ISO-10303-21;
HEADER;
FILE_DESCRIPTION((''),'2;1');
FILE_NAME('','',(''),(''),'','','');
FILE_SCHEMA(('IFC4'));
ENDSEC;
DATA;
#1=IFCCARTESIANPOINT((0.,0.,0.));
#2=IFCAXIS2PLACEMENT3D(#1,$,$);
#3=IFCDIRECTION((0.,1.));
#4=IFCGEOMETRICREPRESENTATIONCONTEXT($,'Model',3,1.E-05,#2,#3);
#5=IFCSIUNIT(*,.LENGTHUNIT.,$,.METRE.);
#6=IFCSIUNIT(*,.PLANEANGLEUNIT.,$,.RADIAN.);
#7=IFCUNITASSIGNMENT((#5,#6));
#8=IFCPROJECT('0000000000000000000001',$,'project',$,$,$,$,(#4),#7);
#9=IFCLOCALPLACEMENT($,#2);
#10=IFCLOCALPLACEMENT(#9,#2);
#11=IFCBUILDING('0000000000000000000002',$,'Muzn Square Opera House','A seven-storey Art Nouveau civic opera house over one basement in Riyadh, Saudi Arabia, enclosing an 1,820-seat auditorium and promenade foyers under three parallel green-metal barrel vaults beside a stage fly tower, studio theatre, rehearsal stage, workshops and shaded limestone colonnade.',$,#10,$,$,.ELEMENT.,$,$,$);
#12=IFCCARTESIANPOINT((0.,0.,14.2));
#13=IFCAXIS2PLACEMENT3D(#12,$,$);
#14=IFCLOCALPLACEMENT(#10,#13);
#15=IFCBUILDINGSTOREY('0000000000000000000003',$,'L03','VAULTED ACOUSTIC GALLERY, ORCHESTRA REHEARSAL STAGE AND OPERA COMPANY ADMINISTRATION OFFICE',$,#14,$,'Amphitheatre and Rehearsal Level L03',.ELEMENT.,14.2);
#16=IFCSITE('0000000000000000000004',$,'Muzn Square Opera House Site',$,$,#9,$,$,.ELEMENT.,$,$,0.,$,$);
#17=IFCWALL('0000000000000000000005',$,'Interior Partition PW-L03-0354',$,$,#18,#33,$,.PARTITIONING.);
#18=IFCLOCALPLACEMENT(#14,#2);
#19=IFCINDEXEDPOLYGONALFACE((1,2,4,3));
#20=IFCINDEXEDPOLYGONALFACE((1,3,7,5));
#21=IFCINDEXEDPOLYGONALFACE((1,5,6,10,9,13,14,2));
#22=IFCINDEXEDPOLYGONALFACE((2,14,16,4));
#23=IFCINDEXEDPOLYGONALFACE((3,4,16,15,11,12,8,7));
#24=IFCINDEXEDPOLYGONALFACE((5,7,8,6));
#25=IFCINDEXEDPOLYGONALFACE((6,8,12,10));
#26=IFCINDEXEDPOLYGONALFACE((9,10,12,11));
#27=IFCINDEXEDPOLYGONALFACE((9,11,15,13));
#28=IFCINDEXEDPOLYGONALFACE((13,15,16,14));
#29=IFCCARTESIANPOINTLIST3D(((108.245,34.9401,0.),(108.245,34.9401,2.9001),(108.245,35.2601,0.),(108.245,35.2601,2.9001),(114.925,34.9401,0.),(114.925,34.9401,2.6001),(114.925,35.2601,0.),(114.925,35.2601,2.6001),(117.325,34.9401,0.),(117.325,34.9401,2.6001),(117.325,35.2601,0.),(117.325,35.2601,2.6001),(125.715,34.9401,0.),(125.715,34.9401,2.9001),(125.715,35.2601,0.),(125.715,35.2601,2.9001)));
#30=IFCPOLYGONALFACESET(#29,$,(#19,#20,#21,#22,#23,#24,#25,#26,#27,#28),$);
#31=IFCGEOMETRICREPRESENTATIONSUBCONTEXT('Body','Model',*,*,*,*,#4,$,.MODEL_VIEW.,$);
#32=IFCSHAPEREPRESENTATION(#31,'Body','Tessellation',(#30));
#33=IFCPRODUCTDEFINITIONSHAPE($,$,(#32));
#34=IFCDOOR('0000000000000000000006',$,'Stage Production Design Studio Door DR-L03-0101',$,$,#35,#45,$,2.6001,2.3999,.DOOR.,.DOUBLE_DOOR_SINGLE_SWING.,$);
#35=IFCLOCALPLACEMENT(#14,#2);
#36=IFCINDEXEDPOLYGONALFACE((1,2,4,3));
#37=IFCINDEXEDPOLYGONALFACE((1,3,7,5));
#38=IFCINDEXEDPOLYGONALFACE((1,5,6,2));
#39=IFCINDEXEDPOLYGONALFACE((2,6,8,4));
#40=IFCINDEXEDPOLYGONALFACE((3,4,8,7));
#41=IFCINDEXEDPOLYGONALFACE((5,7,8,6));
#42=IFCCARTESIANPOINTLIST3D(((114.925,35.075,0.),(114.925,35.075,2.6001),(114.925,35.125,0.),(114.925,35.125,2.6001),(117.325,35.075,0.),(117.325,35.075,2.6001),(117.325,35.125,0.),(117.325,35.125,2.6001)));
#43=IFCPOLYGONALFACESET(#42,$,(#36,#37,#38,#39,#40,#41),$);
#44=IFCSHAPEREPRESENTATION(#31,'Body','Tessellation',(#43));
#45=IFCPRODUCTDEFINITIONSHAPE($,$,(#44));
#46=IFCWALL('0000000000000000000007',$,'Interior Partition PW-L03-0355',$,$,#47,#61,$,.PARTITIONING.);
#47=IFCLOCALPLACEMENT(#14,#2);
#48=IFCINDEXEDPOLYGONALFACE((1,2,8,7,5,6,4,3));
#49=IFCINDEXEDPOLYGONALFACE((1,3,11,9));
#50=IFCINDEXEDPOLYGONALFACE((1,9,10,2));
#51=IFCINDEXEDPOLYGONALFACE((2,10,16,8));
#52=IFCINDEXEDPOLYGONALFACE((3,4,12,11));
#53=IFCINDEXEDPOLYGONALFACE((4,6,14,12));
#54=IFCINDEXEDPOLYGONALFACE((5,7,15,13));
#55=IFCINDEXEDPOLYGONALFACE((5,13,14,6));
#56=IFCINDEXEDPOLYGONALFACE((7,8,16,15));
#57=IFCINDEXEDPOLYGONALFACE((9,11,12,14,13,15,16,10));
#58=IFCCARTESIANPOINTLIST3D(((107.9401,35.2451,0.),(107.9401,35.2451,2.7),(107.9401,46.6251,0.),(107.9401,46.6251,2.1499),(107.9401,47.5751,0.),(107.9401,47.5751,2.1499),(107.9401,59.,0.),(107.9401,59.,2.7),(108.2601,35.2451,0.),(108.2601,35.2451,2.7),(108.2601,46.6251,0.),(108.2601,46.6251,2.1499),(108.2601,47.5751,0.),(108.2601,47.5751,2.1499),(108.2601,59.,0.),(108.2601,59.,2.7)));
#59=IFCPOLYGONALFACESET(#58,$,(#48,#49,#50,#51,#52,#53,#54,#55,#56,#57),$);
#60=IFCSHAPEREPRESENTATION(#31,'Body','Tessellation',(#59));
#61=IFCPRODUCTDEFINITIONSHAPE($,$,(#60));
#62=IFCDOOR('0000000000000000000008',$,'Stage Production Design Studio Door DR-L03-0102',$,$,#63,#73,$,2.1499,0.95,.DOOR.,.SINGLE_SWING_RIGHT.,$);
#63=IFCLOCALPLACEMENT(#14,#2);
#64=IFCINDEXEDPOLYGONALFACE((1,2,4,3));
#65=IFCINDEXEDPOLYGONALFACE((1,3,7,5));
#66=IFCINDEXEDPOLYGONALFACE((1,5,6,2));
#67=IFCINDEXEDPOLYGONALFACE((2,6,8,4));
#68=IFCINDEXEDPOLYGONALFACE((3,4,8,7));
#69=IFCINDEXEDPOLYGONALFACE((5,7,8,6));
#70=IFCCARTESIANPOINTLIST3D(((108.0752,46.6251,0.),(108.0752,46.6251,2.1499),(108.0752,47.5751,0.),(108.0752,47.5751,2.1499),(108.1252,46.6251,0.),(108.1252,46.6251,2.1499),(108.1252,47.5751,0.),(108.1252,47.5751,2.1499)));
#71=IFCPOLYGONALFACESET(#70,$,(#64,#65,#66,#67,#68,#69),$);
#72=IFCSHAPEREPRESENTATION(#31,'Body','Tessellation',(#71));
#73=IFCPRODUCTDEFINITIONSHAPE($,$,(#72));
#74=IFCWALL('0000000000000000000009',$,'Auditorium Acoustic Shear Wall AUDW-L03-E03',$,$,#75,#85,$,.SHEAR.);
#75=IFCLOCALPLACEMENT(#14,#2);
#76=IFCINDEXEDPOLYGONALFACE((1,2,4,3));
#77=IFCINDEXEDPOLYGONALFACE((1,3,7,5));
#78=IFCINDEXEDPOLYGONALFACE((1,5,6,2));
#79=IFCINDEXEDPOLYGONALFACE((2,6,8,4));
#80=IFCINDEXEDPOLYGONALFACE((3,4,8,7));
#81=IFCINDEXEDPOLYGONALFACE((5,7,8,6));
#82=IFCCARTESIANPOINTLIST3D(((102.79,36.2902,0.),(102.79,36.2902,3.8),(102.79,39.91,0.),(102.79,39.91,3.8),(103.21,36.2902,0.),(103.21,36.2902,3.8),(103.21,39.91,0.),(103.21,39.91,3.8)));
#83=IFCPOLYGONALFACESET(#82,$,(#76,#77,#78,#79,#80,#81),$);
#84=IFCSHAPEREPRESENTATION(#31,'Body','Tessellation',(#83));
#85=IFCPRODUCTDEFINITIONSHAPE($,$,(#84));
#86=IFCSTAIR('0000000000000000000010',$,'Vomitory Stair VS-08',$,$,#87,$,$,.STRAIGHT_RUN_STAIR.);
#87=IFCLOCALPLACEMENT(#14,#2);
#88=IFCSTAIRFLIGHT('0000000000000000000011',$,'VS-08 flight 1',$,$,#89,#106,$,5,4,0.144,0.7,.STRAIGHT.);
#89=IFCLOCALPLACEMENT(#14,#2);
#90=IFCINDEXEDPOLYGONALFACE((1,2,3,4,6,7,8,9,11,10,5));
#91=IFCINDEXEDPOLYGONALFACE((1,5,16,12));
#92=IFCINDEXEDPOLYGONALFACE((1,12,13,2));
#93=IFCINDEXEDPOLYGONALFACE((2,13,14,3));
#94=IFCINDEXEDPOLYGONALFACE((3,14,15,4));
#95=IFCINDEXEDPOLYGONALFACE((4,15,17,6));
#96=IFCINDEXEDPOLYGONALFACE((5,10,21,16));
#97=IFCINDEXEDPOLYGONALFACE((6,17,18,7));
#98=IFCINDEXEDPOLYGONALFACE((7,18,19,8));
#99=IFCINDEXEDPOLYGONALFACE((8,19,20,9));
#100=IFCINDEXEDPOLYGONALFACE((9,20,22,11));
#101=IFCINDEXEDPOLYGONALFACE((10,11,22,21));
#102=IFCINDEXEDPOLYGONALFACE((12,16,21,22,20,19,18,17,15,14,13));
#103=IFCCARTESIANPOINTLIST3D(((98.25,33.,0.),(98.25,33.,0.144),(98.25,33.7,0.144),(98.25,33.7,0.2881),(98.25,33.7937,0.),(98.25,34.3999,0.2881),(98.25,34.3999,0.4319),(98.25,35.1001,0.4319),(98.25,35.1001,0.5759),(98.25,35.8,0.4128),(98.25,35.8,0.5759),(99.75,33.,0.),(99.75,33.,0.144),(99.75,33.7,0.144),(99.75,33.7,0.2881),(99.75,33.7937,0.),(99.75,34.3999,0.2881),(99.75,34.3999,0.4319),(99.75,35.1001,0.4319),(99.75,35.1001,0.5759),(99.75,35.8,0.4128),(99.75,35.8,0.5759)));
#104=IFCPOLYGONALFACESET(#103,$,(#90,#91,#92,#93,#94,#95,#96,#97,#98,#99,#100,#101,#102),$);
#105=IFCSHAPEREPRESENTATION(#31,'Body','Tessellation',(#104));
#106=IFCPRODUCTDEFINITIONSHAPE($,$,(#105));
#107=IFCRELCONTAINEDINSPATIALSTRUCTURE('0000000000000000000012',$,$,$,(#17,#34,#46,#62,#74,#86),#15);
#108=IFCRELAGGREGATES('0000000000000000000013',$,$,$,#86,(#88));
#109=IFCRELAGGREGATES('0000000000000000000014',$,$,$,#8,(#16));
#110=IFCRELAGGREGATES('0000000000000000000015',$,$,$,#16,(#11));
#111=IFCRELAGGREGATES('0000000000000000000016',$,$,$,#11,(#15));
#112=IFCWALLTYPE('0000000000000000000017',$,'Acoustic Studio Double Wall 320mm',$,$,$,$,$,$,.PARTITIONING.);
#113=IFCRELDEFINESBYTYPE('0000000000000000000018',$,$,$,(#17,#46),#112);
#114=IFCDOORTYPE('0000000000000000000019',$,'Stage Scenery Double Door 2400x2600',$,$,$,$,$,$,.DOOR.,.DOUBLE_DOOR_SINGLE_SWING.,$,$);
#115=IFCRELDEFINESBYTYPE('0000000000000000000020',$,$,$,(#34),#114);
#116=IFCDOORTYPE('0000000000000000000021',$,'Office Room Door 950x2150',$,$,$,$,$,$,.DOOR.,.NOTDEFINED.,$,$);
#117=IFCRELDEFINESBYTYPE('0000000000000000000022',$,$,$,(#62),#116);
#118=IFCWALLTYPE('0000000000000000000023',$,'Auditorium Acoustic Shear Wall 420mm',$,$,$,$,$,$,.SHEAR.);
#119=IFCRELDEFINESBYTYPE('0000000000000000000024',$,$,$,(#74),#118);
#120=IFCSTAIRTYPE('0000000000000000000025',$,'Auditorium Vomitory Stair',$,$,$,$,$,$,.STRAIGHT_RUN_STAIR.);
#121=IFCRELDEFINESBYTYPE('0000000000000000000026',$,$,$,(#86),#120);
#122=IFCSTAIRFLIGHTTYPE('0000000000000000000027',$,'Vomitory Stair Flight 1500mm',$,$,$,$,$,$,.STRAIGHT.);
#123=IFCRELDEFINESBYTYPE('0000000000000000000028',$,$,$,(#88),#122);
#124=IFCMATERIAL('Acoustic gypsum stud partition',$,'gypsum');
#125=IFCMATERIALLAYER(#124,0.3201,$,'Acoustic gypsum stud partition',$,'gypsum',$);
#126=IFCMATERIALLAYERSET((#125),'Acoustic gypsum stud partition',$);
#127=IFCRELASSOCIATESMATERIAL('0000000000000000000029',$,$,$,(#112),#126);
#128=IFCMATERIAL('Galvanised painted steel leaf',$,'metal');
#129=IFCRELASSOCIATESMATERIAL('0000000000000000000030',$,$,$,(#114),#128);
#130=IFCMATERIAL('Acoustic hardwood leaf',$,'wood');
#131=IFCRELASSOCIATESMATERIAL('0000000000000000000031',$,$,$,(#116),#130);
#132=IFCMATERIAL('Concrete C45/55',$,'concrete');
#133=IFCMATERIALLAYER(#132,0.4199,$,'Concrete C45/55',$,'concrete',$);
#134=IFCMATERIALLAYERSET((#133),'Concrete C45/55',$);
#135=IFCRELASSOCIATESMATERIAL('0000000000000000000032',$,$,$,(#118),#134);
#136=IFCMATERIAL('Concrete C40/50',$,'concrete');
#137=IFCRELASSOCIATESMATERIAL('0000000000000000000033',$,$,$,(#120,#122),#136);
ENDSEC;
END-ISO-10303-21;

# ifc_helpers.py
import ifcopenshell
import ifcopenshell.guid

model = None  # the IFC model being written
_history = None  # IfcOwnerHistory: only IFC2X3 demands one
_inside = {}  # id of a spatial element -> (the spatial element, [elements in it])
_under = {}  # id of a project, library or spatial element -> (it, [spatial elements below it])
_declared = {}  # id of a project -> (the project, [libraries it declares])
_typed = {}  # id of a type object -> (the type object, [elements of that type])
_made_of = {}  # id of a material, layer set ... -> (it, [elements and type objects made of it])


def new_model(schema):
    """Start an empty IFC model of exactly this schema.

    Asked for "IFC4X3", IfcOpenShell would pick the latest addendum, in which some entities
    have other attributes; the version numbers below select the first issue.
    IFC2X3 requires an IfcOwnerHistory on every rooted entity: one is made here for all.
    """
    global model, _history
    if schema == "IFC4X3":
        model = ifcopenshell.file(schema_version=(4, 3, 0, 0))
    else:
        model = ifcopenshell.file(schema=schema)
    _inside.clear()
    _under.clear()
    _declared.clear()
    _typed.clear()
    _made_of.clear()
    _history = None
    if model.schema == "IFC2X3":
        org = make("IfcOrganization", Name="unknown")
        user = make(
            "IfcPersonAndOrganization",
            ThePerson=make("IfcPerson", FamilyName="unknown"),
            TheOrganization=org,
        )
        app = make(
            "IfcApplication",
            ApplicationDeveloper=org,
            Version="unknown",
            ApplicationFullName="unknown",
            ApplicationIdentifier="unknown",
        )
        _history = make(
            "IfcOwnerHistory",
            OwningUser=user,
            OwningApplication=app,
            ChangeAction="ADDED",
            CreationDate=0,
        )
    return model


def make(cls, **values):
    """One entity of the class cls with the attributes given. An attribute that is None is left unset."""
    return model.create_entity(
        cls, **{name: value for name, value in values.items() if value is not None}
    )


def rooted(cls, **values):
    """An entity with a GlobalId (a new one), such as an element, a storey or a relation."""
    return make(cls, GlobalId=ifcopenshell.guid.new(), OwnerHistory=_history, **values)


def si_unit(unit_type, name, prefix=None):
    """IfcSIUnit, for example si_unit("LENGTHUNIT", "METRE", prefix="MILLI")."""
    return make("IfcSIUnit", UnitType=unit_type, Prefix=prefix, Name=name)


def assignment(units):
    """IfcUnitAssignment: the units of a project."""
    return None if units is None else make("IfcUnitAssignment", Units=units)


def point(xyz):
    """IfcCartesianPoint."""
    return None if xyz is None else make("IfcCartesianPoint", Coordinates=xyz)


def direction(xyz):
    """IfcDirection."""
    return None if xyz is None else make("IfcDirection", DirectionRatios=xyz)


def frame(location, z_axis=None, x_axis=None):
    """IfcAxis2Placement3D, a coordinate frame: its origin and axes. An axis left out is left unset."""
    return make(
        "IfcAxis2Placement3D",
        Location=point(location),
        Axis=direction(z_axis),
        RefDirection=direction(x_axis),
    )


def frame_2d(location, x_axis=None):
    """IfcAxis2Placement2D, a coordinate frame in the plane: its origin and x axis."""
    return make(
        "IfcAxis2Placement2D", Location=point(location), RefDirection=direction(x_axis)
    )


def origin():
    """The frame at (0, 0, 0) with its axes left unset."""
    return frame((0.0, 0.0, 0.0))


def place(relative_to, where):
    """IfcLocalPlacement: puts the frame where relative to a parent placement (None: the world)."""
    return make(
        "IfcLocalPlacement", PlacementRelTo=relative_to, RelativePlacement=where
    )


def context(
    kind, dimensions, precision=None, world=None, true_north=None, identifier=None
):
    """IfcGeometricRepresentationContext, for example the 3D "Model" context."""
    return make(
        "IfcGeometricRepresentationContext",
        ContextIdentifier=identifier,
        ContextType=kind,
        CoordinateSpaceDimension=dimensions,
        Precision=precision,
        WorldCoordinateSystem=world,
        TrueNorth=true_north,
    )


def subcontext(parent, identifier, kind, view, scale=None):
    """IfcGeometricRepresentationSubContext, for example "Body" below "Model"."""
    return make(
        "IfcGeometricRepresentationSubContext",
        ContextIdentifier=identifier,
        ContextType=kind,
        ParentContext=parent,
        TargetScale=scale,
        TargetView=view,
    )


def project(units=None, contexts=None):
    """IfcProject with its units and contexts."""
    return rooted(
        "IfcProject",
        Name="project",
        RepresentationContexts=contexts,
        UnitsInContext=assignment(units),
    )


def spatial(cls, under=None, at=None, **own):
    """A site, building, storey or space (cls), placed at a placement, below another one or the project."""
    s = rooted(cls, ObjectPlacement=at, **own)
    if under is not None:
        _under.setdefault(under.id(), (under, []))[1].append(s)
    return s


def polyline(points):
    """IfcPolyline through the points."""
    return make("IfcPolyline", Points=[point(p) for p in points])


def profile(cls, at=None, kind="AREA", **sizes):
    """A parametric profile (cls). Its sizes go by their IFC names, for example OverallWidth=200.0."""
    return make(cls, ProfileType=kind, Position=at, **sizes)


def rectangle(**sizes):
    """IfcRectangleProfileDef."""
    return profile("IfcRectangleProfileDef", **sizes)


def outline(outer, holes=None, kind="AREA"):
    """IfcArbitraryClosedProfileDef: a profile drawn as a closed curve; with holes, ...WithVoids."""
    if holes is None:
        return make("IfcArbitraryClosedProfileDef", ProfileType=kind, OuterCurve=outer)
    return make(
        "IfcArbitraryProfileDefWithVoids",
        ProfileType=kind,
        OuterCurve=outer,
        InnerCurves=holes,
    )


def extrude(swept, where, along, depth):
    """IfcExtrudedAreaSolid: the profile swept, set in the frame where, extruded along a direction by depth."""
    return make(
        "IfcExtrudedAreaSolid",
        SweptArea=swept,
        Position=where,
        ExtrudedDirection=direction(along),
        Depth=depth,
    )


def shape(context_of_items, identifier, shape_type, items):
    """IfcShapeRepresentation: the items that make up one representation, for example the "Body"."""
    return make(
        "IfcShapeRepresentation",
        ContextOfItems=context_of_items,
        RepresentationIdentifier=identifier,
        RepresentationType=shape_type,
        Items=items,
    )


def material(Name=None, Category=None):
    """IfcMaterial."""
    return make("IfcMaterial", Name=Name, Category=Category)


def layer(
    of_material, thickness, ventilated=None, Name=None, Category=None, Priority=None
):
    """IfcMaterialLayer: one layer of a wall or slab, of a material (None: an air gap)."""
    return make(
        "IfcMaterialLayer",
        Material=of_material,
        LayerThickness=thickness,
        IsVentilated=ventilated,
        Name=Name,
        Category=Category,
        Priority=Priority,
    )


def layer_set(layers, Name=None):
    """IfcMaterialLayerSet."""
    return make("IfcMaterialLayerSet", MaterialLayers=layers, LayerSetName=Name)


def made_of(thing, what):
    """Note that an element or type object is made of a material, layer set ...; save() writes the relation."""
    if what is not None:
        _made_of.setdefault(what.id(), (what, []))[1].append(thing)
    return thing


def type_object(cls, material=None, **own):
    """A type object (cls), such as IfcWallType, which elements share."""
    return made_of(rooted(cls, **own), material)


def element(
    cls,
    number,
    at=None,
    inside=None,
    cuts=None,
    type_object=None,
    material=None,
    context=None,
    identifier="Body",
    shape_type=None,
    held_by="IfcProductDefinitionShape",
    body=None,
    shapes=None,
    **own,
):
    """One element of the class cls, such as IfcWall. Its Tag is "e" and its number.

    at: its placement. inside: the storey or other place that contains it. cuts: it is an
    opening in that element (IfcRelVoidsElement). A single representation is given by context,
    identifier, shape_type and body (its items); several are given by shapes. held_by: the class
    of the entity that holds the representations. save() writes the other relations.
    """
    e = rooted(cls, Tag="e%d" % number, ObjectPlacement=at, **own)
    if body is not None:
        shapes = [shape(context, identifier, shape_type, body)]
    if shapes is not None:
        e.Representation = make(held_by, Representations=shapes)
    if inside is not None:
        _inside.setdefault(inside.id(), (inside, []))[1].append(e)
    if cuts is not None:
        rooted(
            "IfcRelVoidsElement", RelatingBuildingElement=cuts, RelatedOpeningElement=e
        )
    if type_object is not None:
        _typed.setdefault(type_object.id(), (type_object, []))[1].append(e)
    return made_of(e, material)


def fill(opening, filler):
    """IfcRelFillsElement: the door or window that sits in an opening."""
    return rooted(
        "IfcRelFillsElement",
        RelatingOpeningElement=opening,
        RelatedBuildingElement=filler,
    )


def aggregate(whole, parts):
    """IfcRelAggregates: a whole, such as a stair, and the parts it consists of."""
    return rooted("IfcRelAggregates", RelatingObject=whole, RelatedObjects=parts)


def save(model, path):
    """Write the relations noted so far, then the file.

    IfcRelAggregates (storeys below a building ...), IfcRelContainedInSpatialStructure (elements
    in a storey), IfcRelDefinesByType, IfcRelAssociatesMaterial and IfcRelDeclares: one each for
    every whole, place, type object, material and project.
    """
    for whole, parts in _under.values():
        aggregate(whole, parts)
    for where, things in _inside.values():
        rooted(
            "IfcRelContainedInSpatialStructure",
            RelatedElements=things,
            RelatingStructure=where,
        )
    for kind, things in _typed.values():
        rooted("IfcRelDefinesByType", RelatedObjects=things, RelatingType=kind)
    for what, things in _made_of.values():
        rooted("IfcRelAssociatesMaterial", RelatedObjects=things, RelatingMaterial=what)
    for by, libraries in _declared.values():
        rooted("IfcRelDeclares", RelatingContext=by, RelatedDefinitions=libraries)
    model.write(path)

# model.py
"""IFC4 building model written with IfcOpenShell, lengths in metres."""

from ifc_helpers import new_model, si_unit, direction, frame, frame_2d, origin, place, context, subcontext, project, spatial, polyline, rectangle, outline, extrude, material, layer, layer_set, type_object, element, fill, aggregate, save


model = new_model("IFC4")

# Units and contexts
model_context = context("Model", 3, precision=1e-05, world=origin(), true_north=direction((0.0, 1.0)))
body_context = subcontext(model_context, "Body", "Model", "MODEL_VIEW")
ifc_project = project(units=[si_unit("LENGTHUNIT", "METRE"), si_unit("PLANEANGLEUNIT", "RADIAN")], contexts=[model_context])

# Site, building, storey
site_placement = place(None, origin())
site = spatial("IfcSite", under=ifc_project, at=site_placement, Name="Muzn Square Opera House Site", CompositionType="ELEMENT", RefElevation=0.0)
building_placement = place(site_placement, origin())
building = spatial("IfcBuilding", under=site, at=building_placement, Name="Muzn Square Opera House", Description="A seven-storey Art Nouveau civic opera house over one basement in Riyadh, Saudi Arabia, enclosing an 1,820-seat auditorium and promenade foyers under three parallel green-metal barrel vaults beside a stage fly tower, studio theatre, rehearsal stage, workshops and shaded limestone colonnade.", CompositionType="ELEMENT")
storey_placement = place(building_placement, frame((0.0, 0.0, 14.2)))
storey = spatial("IfcBuildingStorey", under=building, at=storey_placement, Name="L03", Description="VAULTED ACOUSTIC GALLERY, ORCHESTRA REHEARSAL STAGE AND OPERA COMPANY ADMINISTRATION OFFICE", LongName="Amphitheatre and Rehearsal Level L03", CompositionType="ELEMENT", Elevation=14.2)

# Shared definitions
ifc_material_1 = material(Name="Concrete C45/55", Category="concrete")

# Shared definitions
ifc_material_2 = material(Name="Concrete C40/50", Category="concrete")

# Walls, openings, doors
ifc_material_3 = material(Name="Acoustic gypsum stud partition", Category="gypsum")
ifc_layer_1 = layer(ifc_material_3, 0.3201, Name="Acoustic gypsum stud partition", Category="gypsum")
ifc_layer_set_1 = layer_set([ifc_layer_1], Name="Acoustic gypsum stud partition")
wall_type_1 = type_object("IfcWallType", Name="Acoustic Studio Double Wall 320mm", PredefinedType="PARTITIONING", material=ifc_layer_set_1)
wall_1_placement = place(storey_placement, frame((108.2451, 35.1001, 0.0), z_axis=(0.0, 0.0, 1.0), x_axis=(1.0, 0.0, 0.0)))
wall_1 = element("IfcWall", 1, at=wall_1_placement, inside=storey, type_object=wall_type_1, Name="Interior Partition PW-L03-0354", PredefinedType="PARTITIONING", context=body_context, shape_type="SweptSolid", body=[
    extrude(rectangle(XDim=17.47, YDim=0.3201, at=frame_2d((8.7349, 0.0))), origin(), (0.0, 0.0, 1.0), 2.9001),
])
opening_1_placement = place(wall_1_placement, frame((6.6799, 0.0, 0.0)))
opening_1 = element("IfcOpeningElement", 2, at=opening_1_placement, cuts=wall_1, PredefinedType="OPENING", context=body_context, shape_type="SweptSolid", body=[
    extrude(rectangle(XDim=2.3999, YDim=2.6001, at=frame_2d((1.2, 1.3))), frame((0.0, 0.1699, 0.0), z_axis=(0.0, -1.0, 0.0), x_axis=(1.0, 0.0, 0.0)), (0.0, 0.0, 1.0), 0.3401),
])
ifc_material_4 = material(Name="Galvanised painted steel leaf", Category="metal")
door_type_1 = type_object("IfcDoorType", Name="Stage Scenery Double Door 2400x2600", OperationType="DOUBLE_DOOR_SINGLE_SWING", PredefinedType="DOOR", material=ifc_material_4)
door_1_placement = place(opening_1_placement, origin())
door_1 = element("IfcDoor", 3, at=door_1_placement, inside=storey, type_object=door_type_1, Name="Stage Production Design Studio Door DR-L03-0101", OperationType="DOUBLE_DOOR_SINGLE_SWING", OverallHeight=2.6001, OverallWidth=2.3999, PredefinedType="DOOR", context=body_context, shape_type="SweptSolid", body=[
    extrude(rectangle(XDim=2.3999, YDim=2.6001, at=frame_2d((1.2, 1.3))), frame((0.0, 0.0249, 0.0), z_axis=(0.0, -1.0, 0.0), x_axis=(1.0, 0.0, 0.0)), (0.0, 0.0, 1.0), 0.05),
])
fill(opening_1, door_1)
wall_2_placement = place(storey_placement, frame((108.1001, 35.2451, 0.0), z_axis=(0.0, 0.0, 1.0), x_axis=(0.0, 1.0, 0.0)))
wall_2 = element("IfcWall", 4, at=wall_2_placement, inside=storey, type_object=wall_type_1, Name="Interior Partition PW-L03-0355", PredefinedType="PARTITIONING", context=body_context, shape_type="SweptSolid", body=[
    extrude(rectangle(XDim=23.7549, YDim=0.3201, at=frame_2d((11.8774, 0.0))), origin(), (0.0, 0.0, 1.0), 2.7),
])
opening_2_placement = place(wall_2_placement, frame((11.3799, 0.0, 0.0)))
opening_2 = element("IfcOpeningElement", 5, at=opening_2_placement, cuts=wall_2, PredefinedType="OPENING", context=body_context, shape_type="SweptSolid", body=[
    extrude(rectangle(XDim=0.95, YDim=2.1499, at=frame_2d((0.4751, 1.075))), frame((0.0, 0.1699, 0.0), z_axis=(0.0, -1.0, 0.0), x_axis=(1.0, 0.0, 0.0)), (0.0, 0.0, 1.0), 0.3401),
])
ifc_material_5 = material(Name="Acoustic hardwood leaf", Category="wood")
door_type_2 = type_object("IfcDoorType", Name="Office Room Door 950x2150", OperationType="NOTDEFINED", PredefinedType="DOOR", material=ifc_material_5)
door_2_placement = place(opening_2_placement, origin())
door_2 = element("IfcDoor", 6, at=door_2_placement, inside=storey, type_object=door_type_2, Name="Stage Production Design Studio Door DR-L03-0102", OperationType="SINGLE_SWING_RIGHT", OverallHeight=2.1499, OverallWidth=0.95, PredefinedType="DOOR", context=body_context, shape_type="SweptSolid", body=[
    extrude(rectangle(XDim=0.95, YDim=2.1499, at=frame_2d((0.4751, 1.075))), frame((0.0, 0.0249, 0.0), z_axis=(0.0, -1.0, 0.0), x_axis=(1.0, 0.0, 0.0)), (0.0, 0.0, 1.0), 0.05),
])
fill(opening_2, door_2)

# Wall
ifc_layer_2 = layer(ifc_material_1, 0.4199, Name="Concrete C45/55", Category="concrete")
ifc_layer_set_2 = layer_set([ifc_layer_2], Name="Concrete C45/55")
wall_type_2 = type_object("IfcWallType", Name="Auditorium Acoustic Shear Wall 420mm", PredefinedType="SHEAR", material=ifc_layer_set_2)
wall_3_placement = place(storey_placement, frame((103.0, 36.29, 0.0), z_axis=(0.0, 0.0, 1.0), x_axis=(0.0, 1.0, 0.0)))
element("IfcWall", 7, at=wall_3_placement, inside=storey, type_object=wall_type_2, Name="Auditorium Acoustic Shear Wall AUDW-L03-E03", PredefinedType="SHEAR", context=body_context, shape_type="SweptSolid", body=[
    extrude(rectangle(XDim=3.6199, YDim=0.4199, at=frame_2d((1.8101, 0.0))), origin(), (0.0, 0.0, 1.0), 3.8),
])

# Stair, stair flight
stair_type = type_object("IfcStairType", Name="Auditorium Vomitory Stair", PredefinedType="STRAIGHT_RUN_STAIR", material=ifc_material_2)
stair_placement = place(storey_placement, origin())
stair = element("IfcStair", 8, at=stair_placement, inside=storey, type_object=stair_type, Name="Vomitory Stair VS-08", PredefinedType="STRAIGHT_RUN_STAIR")
stair_flight_type = type_object("IfcStairFlightType", Name="Vomitory Stair Flight 1500mm", PredefinedType="STRAIGHT", material=ifc_material_2)
stair_flight_placement = place(storey_placement, frame((99.0, 33.0, 0.0), z_axis=(0.0, 0.0, 1.0), x_axis=(0.0, 1.0, 0.0)))
stair_flight = element("IfcStairFlight", 9, at=stair_flight_placement, type_object=stair_flight_type, Name="VS-08 flight 1", NumberOfRisers=5, NumberOfTreads=4, PredefinedType="STRAIGHT", RiserHeight=0.144, TreadLength=0.7, context=body_context, shape_type="SweptSolid", body=[
    extrude(outline(polyline([(0.0, 0.0), (0.0, 0.144), (0.7, 0.144), (0.7, 0.2881), (1.3999, 0.2881), (1.3999, 0.4319), (2.1001, 0.4319), (2.1001, 0.5759), (2.8, 0.5759), (2.8, 0.72), (2.8, 0.4128), (0.7937, 0.0), (0.0, 0.0)])), frame((0.0, 0.75, 0.0), z_axis=(0.0, -1.0, 0.0), x_axis=(1.0, 0.0, 0.0)), (0.0, 0.0, 1.0), 1.5),
])
aggregate(stair, [stair_flight])

save(model, "model.ifc")
